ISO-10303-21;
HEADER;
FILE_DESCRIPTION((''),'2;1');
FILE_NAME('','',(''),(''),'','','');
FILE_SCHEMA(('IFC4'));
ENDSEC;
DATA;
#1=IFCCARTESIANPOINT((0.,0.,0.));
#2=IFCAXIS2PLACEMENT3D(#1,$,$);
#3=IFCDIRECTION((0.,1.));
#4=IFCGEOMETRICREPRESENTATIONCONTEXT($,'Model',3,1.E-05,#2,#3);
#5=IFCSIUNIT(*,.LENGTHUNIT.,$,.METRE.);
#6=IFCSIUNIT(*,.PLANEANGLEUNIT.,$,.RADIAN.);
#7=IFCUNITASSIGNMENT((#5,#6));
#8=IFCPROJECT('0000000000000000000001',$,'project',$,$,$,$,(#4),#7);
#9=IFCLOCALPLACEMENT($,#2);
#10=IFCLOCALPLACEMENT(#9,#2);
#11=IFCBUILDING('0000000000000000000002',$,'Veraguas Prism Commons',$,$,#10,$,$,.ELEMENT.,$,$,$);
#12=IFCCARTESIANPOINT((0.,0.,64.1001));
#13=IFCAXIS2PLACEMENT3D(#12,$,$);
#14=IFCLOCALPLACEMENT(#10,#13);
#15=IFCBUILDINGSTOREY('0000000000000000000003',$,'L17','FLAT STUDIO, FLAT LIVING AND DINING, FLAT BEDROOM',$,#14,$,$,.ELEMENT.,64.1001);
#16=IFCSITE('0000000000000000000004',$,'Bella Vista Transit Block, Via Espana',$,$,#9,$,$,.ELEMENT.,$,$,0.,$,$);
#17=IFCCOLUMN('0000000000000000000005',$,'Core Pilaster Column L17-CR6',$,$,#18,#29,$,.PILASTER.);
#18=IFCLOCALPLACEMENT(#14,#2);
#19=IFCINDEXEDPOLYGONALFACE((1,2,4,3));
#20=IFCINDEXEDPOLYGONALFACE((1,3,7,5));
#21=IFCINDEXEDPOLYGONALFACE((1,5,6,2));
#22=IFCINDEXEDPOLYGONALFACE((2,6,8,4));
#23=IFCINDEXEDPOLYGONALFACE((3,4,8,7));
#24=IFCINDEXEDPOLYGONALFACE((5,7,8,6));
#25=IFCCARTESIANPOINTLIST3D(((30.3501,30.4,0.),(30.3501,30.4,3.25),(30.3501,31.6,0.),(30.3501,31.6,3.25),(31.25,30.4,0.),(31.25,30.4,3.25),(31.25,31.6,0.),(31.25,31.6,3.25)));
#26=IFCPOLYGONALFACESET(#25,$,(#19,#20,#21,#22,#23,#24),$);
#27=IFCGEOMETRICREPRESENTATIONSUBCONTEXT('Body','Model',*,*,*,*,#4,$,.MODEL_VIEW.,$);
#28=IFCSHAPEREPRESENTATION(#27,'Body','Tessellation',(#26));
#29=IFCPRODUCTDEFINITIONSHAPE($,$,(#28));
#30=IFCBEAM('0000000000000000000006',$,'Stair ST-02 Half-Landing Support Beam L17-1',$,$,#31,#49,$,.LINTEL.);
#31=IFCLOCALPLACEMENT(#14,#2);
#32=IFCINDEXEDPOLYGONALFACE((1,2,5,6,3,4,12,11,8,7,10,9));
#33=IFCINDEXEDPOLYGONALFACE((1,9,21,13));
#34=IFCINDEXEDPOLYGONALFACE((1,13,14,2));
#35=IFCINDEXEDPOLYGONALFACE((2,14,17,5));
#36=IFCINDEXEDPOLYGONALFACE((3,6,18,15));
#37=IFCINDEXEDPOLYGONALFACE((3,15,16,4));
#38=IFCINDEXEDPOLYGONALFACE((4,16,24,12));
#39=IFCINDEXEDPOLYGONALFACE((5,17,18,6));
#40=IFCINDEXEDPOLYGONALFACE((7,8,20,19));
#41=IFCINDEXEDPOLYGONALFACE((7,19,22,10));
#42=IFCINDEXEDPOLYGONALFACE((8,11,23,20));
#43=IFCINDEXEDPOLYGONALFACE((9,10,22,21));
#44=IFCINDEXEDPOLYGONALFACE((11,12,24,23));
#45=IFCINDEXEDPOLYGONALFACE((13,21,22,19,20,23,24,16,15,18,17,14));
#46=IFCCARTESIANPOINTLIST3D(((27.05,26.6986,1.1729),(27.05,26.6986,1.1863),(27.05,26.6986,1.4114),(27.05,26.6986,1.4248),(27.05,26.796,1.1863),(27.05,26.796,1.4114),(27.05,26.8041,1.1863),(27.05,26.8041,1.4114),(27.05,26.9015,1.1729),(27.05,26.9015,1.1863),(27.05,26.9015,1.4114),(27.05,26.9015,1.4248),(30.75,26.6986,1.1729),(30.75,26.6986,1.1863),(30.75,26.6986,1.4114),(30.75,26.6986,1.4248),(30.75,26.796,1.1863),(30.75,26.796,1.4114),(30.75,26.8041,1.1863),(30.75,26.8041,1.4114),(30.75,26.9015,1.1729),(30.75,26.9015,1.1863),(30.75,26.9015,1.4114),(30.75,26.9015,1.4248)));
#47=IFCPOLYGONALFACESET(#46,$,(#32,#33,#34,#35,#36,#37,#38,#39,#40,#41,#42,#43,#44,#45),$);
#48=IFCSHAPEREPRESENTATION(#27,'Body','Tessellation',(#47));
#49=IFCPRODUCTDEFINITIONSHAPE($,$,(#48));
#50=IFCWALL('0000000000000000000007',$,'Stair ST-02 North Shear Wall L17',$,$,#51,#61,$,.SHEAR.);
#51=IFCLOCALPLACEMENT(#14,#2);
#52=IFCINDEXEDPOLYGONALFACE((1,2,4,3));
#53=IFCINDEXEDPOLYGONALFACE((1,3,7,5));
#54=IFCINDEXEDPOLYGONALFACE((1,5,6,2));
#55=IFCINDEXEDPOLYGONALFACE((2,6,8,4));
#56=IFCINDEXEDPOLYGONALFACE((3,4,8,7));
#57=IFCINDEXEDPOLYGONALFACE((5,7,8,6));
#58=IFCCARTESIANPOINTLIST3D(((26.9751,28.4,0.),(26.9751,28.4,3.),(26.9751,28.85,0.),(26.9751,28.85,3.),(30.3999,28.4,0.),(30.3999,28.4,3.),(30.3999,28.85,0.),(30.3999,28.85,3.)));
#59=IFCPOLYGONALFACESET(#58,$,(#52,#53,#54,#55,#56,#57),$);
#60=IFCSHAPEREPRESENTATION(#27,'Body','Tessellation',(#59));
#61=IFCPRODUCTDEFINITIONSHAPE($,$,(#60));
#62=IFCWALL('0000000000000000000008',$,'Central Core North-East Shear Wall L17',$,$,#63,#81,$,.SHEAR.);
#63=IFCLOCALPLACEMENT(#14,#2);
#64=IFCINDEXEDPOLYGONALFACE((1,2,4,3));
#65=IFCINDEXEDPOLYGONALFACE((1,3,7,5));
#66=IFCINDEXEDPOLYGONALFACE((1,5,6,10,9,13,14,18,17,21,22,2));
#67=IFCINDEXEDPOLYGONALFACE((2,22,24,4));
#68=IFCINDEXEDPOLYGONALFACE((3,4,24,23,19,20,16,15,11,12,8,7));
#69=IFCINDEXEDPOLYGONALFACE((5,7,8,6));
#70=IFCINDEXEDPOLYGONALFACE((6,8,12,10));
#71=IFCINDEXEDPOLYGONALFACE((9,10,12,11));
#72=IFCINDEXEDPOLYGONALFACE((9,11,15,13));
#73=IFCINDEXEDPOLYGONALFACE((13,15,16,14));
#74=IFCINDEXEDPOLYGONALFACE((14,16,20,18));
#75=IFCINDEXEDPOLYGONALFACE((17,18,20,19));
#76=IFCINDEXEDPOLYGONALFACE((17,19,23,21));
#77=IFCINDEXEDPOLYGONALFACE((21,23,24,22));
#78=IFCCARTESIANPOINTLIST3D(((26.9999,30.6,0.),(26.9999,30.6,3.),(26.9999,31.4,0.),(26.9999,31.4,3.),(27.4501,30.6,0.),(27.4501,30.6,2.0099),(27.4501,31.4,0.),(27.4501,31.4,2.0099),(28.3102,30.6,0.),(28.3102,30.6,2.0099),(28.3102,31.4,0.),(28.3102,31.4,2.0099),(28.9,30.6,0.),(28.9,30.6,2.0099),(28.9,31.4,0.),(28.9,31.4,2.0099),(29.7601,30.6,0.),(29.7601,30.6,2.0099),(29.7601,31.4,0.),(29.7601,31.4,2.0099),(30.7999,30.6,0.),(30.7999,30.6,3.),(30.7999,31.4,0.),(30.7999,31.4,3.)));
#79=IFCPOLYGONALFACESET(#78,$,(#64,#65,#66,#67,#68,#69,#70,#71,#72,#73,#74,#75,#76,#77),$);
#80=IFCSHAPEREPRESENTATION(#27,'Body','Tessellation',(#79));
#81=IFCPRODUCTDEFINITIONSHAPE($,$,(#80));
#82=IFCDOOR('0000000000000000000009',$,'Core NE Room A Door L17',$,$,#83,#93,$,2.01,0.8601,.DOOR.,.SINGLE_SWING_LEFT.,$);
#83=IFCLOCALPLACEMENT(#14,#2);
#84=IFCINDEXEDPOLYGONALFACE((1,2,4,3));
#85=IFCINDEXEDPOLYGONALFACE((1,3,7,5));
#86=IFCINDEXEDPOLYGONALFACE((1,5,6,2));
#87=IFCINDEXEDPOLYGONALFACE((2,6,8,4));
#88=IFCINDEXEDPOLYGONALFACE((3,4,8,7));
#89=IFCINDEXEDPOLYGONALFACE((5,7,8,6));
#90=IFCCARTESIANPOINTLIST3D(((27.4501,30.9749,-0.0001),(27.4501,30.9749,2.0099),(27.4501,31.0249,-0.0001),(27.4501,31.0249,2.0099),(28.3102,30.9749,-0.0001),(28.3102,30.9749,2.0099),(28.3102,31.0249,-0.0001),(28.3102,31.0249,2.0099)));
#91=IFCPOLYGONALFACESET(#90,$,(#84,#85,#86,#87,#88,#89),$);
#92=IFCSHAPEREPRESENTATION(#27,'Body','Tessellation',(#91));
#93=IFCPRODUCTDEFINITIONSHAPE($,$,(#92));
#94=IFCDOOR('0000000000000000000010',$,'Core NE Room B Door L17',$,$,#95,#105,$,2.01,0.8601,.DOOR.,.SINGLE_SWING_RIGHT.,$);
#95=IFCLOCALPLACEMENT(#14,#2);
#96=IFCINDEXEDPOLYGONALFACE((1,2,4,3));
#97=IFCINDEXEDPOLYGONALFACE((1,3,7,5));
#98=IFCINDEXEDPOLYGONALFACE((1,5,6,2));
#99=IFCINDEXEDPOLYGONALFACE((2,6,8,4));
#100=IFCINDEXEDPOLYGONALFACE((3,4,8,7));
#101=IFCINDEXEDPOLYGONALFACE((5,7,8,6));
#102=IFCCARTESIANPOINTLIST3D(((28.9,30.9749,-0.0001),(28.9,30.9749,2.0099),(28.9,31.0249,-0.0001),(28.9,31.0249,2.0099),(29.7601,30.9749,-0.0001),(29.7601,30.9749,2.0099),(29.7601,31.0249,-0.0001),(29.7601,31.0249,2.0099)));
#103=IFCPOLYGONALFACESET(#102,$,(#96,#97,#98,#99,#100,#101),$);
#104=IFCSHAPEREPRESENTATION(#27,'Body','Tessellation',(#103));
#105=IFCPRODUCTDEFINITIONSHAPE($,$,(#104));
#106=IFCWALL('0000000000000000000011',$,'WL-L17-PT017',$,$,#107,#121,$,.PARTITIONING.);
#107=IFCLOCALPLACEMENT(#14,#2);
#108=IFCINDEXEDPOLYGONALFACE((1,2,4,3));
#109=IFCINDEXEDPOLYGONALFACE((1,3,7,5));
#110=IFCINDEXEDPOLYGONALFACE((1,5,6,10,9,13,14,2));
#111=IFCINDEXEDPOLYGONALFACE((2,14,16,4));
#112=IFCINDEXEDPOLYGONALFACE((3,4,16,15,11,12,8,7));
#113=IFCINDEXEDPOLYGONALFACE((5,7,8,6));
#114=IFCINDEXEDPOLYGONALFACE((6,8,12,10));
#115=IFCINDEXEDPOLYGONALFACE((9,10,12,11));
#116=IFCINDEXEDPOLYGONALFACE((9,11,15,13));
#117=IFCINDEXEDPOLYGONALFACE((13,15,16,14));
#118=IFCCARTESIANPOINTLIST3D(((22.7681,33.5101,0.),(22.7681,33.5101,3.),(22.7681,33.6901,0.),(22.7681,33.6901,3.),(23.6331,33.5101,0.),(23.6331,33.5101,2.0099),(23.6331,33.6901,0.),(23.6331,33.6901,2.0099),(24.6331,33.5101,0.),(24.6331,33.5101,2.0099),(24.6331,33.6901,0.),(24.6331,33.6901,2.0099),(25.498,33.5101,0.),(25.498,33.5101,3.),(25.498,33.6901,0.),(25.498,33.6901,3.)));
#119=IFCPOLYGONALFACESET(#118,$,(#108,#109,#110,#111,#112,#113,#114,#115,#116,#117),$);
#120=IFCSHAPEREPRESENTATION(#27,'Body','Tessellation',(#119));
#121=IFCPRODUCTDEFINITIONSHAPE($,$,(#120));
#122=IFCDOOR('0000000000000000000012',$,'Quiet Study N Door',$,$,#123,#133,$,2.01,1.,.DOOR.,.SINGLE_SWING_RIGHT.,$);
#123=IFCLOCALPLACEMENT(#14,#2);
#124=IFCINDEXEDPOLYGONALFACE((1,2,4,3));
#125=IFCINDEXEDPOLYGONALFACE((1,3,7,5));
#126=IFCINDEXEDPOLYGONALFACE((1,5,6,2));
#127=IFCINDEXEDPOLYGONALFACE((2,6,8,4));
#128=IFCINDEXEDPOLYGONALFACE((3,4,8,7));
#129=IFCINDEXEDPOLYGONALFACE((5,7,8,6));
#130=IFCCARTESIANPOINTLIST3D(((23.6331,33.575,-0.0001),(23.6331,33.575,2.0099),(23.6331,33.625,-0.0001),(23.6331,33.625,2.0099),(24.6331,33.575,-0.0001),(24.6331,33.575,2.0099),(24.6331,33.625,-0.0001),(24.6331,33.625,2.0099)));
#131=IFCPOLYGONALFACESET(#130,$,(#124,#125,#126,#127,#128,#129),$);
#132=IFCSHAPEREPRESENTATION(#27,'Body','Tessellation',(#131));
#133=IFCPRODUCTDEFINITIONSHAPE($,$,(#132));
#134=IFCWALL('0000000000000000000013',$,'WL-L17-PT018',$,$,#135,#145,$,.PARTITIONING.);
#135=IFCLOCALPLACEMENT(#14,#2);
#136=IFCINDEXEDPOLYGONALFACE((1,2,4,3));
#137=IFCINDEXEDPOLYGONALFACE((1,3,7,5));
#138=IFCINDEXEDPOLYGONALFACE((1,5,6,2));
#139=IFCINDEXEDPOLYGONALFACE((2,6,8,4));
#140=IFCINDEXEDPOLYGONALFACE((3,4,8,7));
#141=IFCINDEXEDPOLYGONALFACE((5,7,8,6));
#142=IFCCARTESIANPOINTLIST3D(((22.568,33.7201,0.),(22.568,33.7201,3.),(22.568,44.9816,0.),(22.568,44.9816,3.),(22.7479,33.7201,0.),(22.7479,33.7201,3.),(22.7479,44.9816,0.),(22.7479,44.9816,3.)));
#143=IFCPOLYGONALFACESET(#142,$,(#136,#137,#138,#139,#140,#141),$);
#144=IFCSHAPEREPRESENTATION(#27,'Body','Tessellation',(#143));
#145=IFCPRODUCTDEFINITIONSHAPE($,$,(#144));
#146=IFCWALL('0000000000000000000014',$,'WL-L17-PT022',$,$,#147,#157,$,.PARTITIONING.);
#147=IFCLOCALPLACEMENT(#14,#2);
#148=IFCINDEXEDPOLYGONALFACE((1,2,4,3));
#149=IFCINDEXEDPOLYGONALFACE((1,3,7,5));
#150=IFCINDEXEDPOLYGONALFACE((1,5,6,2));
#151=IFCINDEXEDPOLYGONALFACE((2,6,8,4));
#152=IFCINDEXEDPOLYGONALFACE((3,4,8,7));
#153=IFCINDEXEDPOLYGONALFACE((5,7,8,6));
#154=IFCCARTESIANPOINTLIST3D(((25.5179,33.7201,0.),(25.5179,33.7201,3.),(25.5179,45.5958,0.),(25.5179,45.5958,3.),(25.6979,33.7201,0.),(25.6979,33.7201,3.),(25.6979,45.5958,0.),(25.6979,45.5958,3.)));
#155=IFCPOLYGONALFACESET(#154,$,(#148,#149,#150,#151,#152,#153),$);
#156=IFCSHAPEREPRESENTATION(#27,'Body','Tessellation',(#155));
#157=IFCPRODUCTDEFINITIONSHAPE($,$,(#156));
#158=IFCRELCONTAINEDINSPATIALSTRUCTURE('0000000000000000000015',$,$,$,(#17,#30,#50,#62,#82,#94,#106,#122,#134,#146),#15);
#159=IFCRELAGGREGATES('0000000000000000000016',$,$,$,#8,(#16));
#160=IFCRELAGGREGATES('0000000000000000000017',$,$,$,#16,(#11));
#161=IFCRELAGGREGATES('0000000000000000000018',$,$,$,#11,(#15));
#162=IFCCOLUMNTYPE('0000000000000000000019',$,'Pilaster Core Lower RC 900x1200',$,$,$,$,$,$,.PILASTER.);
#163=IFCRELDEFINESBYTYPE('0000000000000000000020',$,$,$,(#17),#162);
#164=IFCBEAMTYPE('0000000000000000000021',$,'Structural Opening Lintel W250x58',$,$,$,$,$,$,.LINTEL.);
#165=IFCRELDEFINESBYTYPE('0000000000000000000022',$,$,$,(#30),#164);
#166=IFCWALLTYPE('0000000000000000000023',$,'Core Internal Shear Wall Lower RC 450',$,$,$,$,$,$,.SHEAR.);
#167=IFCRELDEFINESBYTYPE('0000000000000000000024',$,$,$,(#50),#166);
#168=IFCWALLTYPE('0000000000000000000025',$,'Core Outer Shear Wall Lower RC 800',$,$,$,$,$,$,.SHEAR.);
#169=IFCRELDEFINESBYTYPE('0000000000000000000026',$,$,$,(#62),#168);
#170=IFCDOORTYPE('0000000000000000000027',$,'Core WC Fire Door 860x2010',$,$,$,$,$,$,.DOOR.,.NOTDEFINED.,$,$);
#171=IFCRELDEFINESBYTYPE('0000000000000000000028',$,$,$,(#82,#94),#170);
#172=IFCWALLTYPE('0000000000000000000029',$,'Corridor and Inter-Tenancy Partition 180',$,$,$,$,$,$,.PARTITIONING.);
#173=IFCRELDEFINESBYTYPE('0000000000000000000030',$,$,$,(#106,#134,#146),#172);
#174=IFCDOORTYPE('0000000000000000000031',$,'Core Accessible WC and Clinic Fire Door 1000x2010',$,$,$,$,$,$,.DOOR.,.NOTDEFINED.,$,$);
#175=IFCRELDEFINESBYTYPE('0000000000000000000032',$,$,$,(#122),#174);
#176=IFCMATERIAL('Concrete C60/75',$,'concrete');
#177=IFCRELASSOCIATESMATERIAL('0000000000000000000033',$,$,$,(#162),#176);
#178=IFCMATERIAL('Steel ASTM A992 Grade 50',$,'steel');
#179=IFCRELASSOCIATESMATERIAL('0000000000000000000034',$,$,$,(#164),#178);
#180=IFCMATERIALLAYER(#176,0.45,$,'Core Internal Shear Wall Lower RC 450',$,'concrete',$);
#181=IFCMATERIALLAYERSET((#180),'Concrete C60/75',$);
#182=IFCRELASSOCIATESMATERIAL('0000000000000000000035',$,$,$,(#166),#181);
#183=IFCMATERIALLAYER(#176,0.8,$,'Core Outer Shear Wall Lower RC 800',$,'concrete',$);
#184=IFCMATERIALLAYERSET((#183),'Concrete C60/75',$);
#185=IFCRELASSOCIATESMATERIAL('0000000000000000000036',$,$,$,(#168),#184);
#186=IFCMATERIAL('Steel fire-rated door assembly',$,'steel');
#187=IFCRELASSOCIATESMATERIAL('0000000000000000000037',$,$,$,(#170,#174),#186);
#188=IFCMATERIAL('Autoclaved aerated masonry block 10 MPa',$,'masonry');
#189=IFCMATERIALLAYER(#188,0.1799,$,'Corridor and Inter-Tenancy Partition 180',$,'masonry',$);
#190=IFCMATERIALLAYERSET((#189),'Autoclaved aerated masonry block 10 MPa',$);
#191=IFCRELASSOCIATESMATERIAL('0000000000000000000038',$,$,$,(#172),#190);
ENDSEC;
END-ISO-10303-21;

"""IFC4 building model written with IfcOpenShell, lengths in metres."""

from ifc_helpers import new_model, si_unit, direction, frame, frame_2d, origin, origin_2d, place, context, subcontext, project, spatial, rectangle, i_section, extrude, source, transform, mapped, material, layer, layer_set, material_profile, profile_set, type_object, element, fill, save


model = new_model("IFC4")

# Units and contexts
model_context = context("Model", 3, precision=1e-05, world=origin(), true_north=direction((0.0, 1.0)))
body_context = subcontext(model_context, "Body", "Model", "MODEL_VIEW")
ifc_project = project(units=[si_unit("LENGTHUNIT", "METRE"), si_unit("PLANEANGLEUNIT", "RADIAN")], contexts=[model_context])

# Site, building, storey
site_placement = place(None, origin())
site = spatial("IfcSite", under=ifc_project, at=site_placement, Name="Bella Vista Transit Block, Via Espana", CompositionType="ELEMENT", RefElevation=0.0)
building_placement = place(site_placement, origin())
building = spatial("IfcBuilding", under=site, at=building_placement, Name="Veraguas Prism Commons", CompositionType="ELEMENT")
storey_placement = place(building_placement, frame((0.0, 0.0, 64.1001)))
storey = spatial("IfcBuildingStorey", under=building, at=storey_placement, Name="L17", Description="FLAT STUDIO, FLAT LIVING AND DINING, FLAT BEDROOM", CompositionType="ELEMENT", Elevation=64.1001)

# Column
ifc_material_1 = material(Name="Concrete C60/75", Category="concrete")
ifc_material_profile_1 = material_profile(ifc_material_1, rectangle(XDim=0.8999, YDim=1.2, at=origin_2d()), Name="RC900X1200")
ifc_profile_set_1 = profile_set([ifc_material_profile_1], Name="Concrete C60/75")
column_type = type_object("IfcColumnType", Name="Pilaster Core Lower RC 900x1200", PredefinedType="PILASTER", material=ifc_profile_set_1)
column_placement = place(storey_placement, frame((30.8, 31.0, 0.0), z_axis=(0.0, 0.0, 1.0), x_axis=(1.0, 0.0, 0.0)))
element("IfcColumn", 1, at=column_placement, inside=storey, type_object=column_type, Name="Core Pilaster Column L17-CR6", PredefinedType="PILASTER", context=body_context, shape_type="SweptSolid", body=[
    extrude(rectangle(XDim=0.8999, YDim=1.2, at=origin_2d()), origin(), (0.0, 0.0, 1.0), 3.25),
])

# Beam
ifc_material_2 = material(Name="Steel ASTM A992 Grade 50", Category="steel")
ifc_material_profile_2 = material_profile(ifc_material_2, i_section(OverallWidth=0.2029, OverallDepth=0.252, WebThickness=0.0081, FlangeThickness=0.0134, at=origin_2d()), Name="W250X58")
ifc_profile_set_2 = profile_set([ifc_material_profile_2], Name="Steel ASTM A992 Grade 50")
beam_type = type_object("IfcBeamType", Name="Structural Opening Lintel W250x58", PredefinedType="LINTEL", material=ifc_profile_set_2)
beam_placement = place(storey_placement, frame((27.05, 26.8, 1.2988), z_axis=(1.0, 0.0, 0.0), x_axis=(0.0, 1.0, 0.0)))
element("IfcBeam", 2, at=beam_placement, inside=storey, type_object=beam_type, Name="Stair ST-02 Half-Landing Support Beam L17-1", PredefinedType="LINTEL", context=body_context, shape_type="SweptSolid", body=[
    extrude(i_section(OverallWidth=0.2029, OverallDepth=0.252, WebThickness=0.0081, FlangeThickness=0.0134, at=origin_2d()), origin(), (0.0, 0.0, 1.0), 3.7),
])

# Wall
ifc_layer_1 = layer(ifc_material_1, 0.45, Name="Core Internal Shear Wall Lower RC 450", Category="concrete")
ifc_layer_set_1 = layer_set([ifc_layer_1], Name="Concrete C60/75")
wall_type_1 = type_object("IfcWallType", Name="Core Internal Shear Wall Lower RC 450", PredefinedType="SHEAR", material=ifc_layer_set_1)
wall_1_placement = place(storey_placement, frame((26.9751, 28.625, 0.0), z_axis=(0.0, 0.0, 1.0), x_axis=(1.0, 0.0, 0.0)))
element("IfcWall", 3, at=wall_1_placement, inside=storey, type_object=wall_type_1, Name="Stair ST-02 North Shear Wall L17", PredefinedType="SHEAR", context=body_context, shape_type="SweptSolid", body=[
    extrude(rectangle(XDim=3.4248, YDim=0.45, at=frame_2d((1.7124, 0.0))), origin(), (0.0, 0.0, 1.0), 3.0),
])

# Wall, openings, doors
ifc_layer_2 = layer(ifc_material_1, 0.8, Name="Core Outer Shear Wall Lower RC 800", Category="concrete")
ifc_layer_set_2 = layer_set([ifc_layer_2], Name="Concrete C60/75")
wall_type_2 = type_object("IfcWallType", Name="Core Outer Shear Wall Lower RC 800", PredefinedType="SHEAR", material=ifc_layer_set_2)
wall_2_placement = place(storey_placement, frame((27.0, 31.0, 0.0), z_axis=(0.0, 0.0, 1.0), x_axis=(1.0, 0.0, 0.0)))
wall_2 = element("IfcWall", 4, at=wall_2_placement, inside=storey, type_object=wall_type_2, Name="Central Core North-East Shear Wall L17", PredefinedType="SHEAR", context=body_context, shape_type="SweptSolid", body=[
    extrude(rectangle(XDim=3.8, YDim=0.8, at=frame_2d((1.8999, 0.0))), origin(), (0.0, 0.0, 1.0), 3.0),
])
opening_1_placement = place(wall_2_placement, frame((0.45, 0.0, 0.0)))
opening_1 = element("IfcOpeningElement", 5, at=opening_1_placement, cuts=wall_2, PredefinedType="OPENING", context=body_context, shape_type="SweptSolid", body=[
    extrude(rectangle(XDim=0.8601, YDim=2.01, at=frame_2d((0.4302, 1.0049))), frame((0.0, 0.4099, 0.0), z_axis=(0.0, -1.0, 0.0), x_axis=(1.0, 0.0, 0.0)), (0.0, 0.0, 1.0), 0.8201),
])
opening_2_placement = place(wall_2_placement, frame((1.8999, 0.0, 0.0)))
opening_2 = element("IfcOpeningElement", 6, at=opening_2_placement, cuts=wall_2, PredefinedType="OPENING", context=body_context, shape_type="SweptSolid", body=[
    extrude(rectangle(XDim=0.8601, YDim=2.01, at=frame_2d((0.4302, 1.0049))), frame((0.0, 0.4099, 0.0), z_axis=(0.0, -1.0, 0.0), x_axis=(1.0, 0.0, 0.0)), (0.0, 0.0, 1.0), 0.8201),
])
ifc_material_3 = material(Name="Steel fire-rated door assembly", Category="steel")
door_type_1 = type_object("IfcDoorType", Name="Core WC Fire Door 860x2010", OperationType="NOTDEFINED", PredefinedType="DOOR", material=ifc_material_3)
shared_shape_1 = source(origin(), body_context, "Body", "SweptSolid", [
    extrude(rectangle(XDim=0.8601, YDim=2.01, at=frame_2d((0.4302, 1.0049))), frame((0.0, 0.0249, 0.0), z_axis=(0.0, -1.0, 0.0), x_axis=(1.0, 0.0, 0.0)), (0.0, 0.0, 1.0), 0.05),
])
door_1_placement = place(opening_1_placement, origin())
door_1 = element("IfcDoor", 7, at=door_1_placement, inside=storey, type_object=door_type_1, Name="Core NE Room A Door L17", OperationType="SINGLE_SWING_LEFT", OverallHeight=2.01, OverallWidth=0.8601, PredefinedType="DOOR", context=body_context, shape_type="MappedRepresentation", body=[
    mapped(shared_shape_1, transform((0.0, 0.0, 0.0), scale=1.0)),
])
fill(opening_1, door_1)
door_2_placement = place(opening_2_placement, origin())
door_2 = element("IfcDoor", 8, at=door_2_placement, inside=storey, type_object=door_type_1, Name="Core NE Room B Door L17", OperationType="SINGLE_SWING_RIGHT", OverallHeight=2.01, OverallWidth=0.8601, PredefinedType="DOOR", context=body_context, shape_type="MappedRepresentation", body=[
    mapped(shared_shape_1, transform((0.0, 0.0, 0.0), scale=1.0)),
])
fill(opening_2, door_2)

# Wall, opening, door
ifc_material_4 = material(Name="Autoclaved aerated masonry block 10 MPa", Category="masonry")
ifc_layer_3 = layer(ifc_material_4, 0.1799, Name="Corridor and Inter-Tenancy Partition 180", Category="masonry")
ifc_layer_set_3 = layer_set([ifc_layer_3], Name="Autoclaved aerated masonry block 10 MPa")
wall_type_3 = type_object("IfcWallType", Name="Corridor and Inter-Tenancy Partition 180", PredefinedType="PARTITIONING", material=ifc_layer_set_3)
wall_3_placement = place(storey_placement, frame((22.7681, 33.6001, 0.0), z_axis=(0.0, 0.0, 1.0), x_axis=(1.0, 0.0, 0.0)))
wall_3 = element("IfcWall", 9, at=wall_3_placement, inside=storey, type_object=wall_type_3, Name="WL-L17-PT017", PredefinedType="PARTITIONING", context=body_context, shape_type="SweptSolid", body=[
    extrude(rectangle(XDim=2.73, YDim=0.1799, at=frame_2d((1.365, 0.0))), origin(), (0.0, 0.0, 1.0), 3.0),
])
opening_3_placement = place(wall_3_placement, frame((0.865, 0.0, 0.0)))
opening_3 = element("IfcOpeningElement", 10, at=opening_3_placement, cuts=wall_3, PredefinedType="OPENING", context=body_context, shape_type="SweptSolid", body=[
    extrude(rectangle(XDim=1.0, YDim=2.01, at=frame_2d((0.5, 1.0049))), frame((0.0, 0.0999, 0.0), z_axis=(0.0, -1.0, 0.0), x_axis=(1.0, 0.0, 0.0)), (0.0, 0.0, 1.0), 0.2),
])
door_type_2 = type_object("IfcDoorType", Name="Core Accessible WC and Clinic Fire Door 1000x2010", OperationType="NOTDEFINED", PredefinedType="DOOR", material=ifc_material_3)
shared_shape_2 = source(origin(), body_context, "Body", "SweptSolid", [
    extrude(rectangle(XDim=1.0, YDim=2.01, at=frame_2d((0.5, 1.0049))), frame((0.0, 0.0249, 0.0), z_axis=(0.0, -1.0, 0.0), x_axis=(1.0, 0.0, 0.0)), (0.0, 0.0, 1.0), 0.05),
])
door_3_placement = place(opening_3_placement, origin())
door_3 = element("IfcDoor", 11, at=door_3_placement, inside=storey, type_object=door_type_2, Name="Quiet Study N Door", OperationType="SINGLE_SWING_RIGHT", OverallHeight=2.01, OverallWidth=1.0, PredefinedType="DOOR", context=body_context, shape_type="MappedRepresentation", body=[
    mapped(shared_shape_2, transform((0.0, 0.0, 0.0), scale=1.0)),
])
fill(opening_3, door_3)

# Walls
wall_4_placement = place(storey_placement, frame((22.658, 33.72, 0.0), z_axis=(0.0, 0.0, 1.0), x_axis=(0.0, 1.0, 0.0)))
element("IfcWall", 12, at=wall_4_placement, inside=storey, type_object=wall_type_3, Name="WL-L17-PT018", PredefinedType="PARTITIONING", context=body_context, shape_type="SweptSolid", body=[
    extrude(rectangle(XDim=11.2615, YDim=0.1799, at=frame_2d((5.6309, 0.0))), origin(), (0.0, 0.0, 1.0), 3.0),
])
wall_5_placement = place(storey_placement, frame((25.6079, 33.72, 0.0), z_axis=(0.0, 0.0, 1.0), x_axis=(0.0, 1.0, 0.0)))
element("IfcWall", 13, at=wall_5_placement, inside=storey, type_object=wall_type_3, Name="WL-L17-PT022", PredefinedType="PARTITIONING", context=body_context, shape_type="SweptSolid", body=[
    extrude(rectangle(XDim=11.8757, YDim=0.1799, at=frame_2d((5.938, 0.0))), origin(), (0.0, 0.0, 1.0), 3.0),
])

save(model, "model.ifc")
